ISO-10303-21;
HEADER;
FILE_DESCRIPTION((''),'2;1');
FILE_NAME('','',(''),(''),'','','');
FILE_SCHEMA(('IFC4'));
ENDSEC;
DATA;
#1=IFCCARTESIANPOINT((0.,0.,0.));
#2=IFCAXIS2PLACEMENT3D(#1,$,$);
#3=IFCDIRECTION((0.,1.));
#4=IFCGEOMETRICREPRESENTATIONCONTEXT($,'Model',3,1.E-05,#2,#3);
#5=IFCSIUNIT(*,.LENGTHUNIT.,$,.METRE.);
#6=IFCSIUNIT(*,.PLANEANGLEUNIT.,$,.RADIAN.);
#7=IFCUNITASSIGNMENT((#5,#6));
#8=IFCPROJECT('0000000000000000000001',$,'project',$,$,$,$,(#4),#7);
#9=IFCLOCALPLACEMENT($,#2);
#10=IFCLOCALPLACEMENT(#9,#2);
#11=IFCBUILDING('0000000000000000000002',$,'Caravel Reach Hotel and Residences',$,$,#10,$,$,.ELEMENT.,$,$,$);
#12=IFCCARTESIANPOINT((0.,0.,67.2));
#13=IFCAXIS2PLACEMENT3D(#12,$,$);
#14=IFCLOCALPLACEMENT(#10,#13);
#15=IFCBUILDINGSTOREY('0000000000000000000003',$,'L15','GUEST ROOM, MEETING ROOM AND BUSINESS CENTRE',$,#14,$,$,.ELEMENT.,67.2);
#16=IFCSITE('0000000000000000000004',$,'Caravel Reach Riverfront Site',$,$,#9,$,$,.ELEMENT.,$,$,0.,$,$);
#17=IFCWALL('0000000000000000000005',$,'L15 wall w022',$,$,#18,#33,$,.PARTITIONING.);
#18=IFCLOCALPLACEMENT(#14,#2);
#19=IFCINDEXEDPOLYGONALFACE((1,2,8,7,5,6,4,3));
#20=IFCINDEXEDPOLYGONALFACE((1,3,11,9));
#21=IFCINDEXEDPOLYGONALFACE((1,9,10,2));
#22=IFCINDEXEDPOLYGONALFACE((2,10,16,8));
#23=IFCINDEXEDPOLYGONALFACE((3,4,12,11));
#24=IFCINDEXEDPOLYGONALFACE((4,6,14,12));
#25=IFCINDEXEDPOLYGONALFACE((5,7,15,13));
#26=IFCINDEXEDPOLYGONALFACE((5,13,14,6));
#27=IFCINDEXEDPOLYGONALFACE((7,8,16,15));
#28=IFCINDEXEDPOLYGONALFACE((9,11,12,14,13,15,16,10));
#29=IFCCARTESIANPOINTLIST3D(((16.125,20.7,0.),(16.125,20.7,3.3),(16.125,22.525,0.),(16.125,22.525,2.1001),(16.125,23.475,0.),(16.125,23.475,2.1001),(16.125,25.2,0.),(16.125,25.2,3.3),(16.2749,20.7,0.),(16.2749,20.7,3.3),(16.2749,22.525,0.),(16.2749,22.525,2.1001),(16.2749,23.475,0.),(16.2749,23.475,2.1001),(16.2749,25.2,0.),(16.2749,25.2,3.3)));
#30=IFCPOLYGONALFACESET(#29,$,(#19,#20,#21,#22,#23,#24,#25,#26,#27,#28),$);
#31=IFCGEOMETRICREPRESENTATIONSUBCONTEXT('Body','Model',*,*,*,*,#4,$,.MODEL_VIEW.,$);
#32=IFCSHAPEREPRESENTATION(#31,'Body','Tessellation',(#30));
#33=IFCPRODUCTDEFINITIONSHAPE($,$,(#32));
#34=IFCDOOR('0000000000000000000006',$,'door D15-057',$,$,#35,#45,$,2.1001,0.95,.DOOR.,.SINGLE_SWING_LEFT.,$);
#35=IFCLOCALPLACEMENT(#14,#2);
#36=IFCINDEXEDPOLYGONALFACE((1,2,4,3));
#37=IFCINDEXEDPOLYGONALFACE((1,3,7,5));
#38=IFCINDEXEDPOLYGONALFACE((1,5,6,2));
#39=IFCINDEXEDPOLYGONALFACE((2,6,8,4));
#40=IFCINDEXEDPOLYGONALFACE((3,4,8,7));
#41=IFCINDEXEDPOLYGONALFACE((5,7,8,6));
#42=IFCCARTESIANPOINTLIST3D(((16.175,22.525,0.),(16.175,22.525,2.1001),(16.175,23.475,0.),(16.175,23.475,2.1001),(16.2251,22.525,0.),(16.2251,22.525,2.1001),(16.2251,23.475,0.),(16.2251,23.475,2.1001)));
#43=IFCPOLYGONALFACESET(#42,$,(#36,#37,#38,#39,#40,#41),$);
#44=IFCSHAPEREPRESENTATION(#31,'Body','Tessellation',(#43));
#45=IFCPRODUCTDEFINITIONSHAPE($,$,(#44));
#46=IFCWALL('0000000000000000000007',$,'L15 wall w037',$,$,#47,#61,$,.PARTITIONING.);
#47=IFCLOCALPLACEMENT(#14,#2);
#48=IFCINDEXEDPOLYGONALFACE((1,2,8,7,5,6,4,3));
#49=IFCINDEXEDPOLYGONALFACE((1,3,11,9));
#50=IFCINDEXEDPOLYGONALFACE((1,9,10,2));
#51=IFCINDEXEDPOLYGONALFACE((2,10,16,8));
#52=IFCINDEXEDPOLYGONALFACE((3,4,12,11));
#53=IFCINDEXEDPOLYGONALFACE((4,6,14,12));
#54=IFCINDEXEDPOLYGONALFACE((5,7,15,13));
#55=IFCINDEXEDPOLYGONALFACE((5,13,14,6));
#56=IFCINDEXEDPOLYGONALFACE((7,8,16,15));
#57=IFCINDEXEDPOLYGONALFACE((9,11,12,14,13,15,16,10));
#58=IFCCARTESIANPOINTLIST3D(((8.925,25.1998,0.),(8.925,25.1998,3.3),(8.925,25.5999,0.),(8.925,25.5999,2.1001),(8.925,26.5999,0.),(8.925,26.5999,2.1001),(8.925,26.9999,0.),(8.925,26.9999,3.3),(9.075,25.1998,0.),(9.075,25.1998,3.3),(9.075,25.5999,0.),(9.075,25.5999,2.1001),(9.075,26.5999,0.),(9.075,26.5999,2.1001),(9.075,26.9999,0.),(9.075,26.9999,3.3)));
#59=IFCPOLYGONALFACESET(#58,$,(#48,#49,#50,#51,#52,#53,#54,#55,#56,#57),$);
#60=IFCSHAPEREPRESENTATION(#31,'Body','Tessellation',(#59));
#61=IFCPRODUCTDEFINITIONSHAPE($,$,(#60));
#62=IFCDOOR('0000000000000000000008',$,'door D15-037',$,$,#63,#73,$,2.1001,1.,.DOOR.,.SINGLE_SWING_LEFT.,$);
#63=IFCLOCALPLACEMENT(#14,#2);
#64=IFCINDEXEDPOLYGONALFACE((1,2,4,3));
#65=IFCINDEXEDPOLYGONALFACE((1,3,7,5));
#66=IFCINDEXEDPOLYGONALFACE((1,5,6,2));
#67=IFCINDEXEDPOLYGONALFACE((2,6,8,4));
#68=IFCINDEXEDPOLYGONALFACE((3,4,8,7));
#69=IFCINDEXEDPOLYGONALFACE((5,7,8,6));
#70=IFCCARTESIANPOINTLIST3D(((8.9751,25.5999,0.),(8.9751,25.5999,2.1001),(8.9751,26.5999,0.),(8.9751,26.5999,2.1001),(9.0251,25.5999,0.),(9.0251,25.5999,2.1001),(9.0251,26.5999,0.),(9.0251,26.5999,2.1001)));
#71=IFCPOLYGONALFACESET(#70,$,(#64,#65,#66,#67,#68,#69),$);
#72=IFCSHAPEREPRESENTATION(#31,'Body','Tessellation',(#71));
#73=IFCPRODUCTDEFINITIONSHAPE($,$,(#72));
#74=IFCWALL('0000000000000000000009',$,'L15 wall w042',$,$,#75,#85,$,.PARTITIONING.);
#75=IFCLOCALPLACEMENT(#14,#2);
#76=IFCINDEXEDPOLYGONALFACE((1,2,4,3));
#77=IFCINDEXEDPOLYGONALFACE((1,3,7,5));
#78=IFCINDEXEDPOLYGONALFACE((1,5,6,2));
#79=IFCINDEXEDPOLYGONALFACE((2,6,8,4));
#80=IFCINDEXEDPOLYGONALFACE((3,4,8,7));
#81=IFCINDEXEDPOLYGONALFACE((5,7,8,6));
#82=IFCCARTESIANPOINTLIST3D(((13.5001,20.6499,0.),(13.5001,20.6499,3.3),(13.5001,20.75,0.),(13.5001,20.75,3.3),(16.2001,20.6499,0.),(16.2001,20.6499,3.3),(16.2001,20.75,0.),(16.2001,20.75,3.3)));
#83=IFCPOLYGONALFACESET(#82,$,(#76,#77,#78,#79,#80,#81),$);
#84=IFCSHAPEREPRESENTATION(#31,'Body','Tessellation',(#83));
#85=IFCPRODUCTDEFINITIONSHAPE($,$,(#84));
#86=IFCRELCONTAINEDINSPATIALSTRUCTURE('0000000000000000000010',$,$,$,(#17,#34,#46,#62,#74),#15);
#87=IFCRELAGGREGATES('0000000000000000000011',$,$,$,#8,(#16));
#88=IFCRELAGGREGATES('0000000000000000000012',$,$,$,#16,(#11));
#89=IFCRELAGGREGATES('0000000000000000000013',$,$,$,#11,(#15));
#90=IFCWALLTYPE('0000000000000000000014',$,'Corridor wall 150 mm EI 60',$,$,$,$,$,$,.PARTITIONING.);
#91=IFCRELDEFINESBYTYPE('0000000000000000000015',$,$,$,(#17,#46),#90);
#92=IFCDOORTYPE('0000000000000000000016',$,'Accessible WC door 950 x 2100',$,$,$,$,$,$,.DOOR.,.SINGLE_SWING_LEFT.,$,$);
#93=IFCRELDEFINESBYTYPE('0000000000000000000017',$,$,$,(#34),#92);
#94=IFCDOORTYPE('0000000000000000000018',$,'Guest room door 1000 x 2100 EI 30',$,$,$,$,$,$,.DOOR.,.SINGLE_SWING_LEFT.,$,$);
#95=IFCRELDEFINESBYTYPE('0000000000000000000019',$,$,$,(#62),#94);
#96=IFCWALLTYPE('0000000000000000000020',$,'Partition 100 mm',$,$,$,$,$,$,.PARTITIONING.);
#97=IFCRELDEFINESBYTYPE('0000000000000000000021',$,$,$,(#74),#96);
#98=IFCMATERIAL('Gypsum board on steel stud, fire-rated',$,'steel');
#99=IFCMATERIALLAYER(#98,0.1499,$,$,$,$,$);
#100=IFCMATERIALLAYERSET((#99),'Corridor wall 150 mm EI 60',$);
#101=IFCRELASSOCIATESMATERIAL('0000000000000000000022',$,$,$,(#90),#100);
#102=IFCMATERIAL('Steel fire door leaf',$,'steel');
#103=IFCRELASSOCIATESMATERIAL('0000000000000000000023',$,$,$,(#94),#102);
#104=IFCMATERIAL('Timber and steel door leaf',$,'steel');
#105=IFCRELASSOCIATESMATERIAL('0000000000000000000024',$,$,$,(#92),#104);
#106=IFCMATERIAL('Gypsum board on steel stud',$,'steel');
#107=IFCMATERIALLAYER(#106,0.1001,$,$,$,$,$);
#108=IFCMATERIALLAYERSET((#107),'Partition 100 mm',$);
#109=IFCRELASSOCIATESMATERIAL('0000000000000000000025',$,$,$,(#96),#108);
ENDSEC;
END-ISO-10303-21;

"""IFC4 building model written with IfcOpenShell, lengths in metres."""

from ifc_helpers import new_model, si_unit, direction, frame, frame_2d, origin, place, context, subcontext, project, spatial, rectangle, extrude, material, layer, layer_set, type_object, element, fill, save


model = new_model("IFC4")

# Units and contexts
model_context = context("Model", 3, precision=1e-05, world=origin(), true_north=direction((0.0, 1.0)))
body_context = subcontext(model_context, "Body", "Model", "MODEL_VIEW")
ifc_project = project(units=[si_unit("LENGTHUNIT", "METRE"), si_unit("PLANEANGLEUNIT", "RADIAN")], contexts=[model_context])

# Site, building, storey
site_placement = place(None, origin())
site = spatial("IfcSite", under=ifc_project, at=site_placement, Name="Caravel Reach Riverfront Site", CompositionType="ELEMENT", RefElevation=0.0)
building_placement = place(site_placement, origin())
building = spatial("IfcBuilding", under=site, at=building_placement, Name="Caravel Reach Hotel and Residences", CompositionType="ELEMENT")
storey_placement = place(building_placement, frame((0.0, 0.0, 67.2)))
storey = spatial("IfcBuildingStorey", under=building, at=storey_placement, Name="L15", Description="GUEST ROOM, MEETING ROOM AND BUSINESS CENTRE", CompositionType="ELEMENT", Elevation=67.2)

# Shared definitions
ifc_material_1 = material(Name="Gypsum board on steel stud, fire-rated", Category="steel")
ifc_layer_1 = layer(ifc_material_1, 0.1499)
ifc_layer_set_1 = layer_set([ifc_layer_1], Name="Corridor wall 150 mm EI 60")
wall_type_1 = type_object("IfcWallType", Name="Corridor wall 150 mm EI 60", PredefinedType="PARTITIONING", material=ifc_layer_set_1)
ifc_material_2 = material(Name="Steel fire door leaf", Category="steel")
door_type_1 = type_object("IfcDoorType", Name="Guest room door 1000 x 2100 EI 30", OperationType="SINGLE_SWING_LEFT", PredefinedType="DOOR", material=ifc_material_2)

# Walls, openings, doors
wall_1_placement = place(storey_placement, frame((16.2, 20.7, 0.0), z_axis=(0.0, 0.0, 1.0), x_axis=(0.0, 1.0, 0.0)))
wall_1 = element("IfcWall", 1, at=wall_1_placement, inside=storey, type_object=wall_type_1, Name="L15 wall w022", PredefinedType="PARTITIONING", context=body_context, shape_type="SweptSolid", body=[
    extrude(rectangle(XDim=4.5, YDim=0.1499, at=frame_2d((2.25, 0.0))), origin(), (0.0, 0.0, 1.0), 3.3),
])
opening_1_placement = place(wall_1_placement, frame((1.825, 0.0, 0.0)))
opening_1 = element("IfcOpeningElement", 2, at=opening_1_placement, cuts=wall_1, PredefinedType="OPENING", context=body_context, shape_type="SweptSolid", body=[
    extrude(rectangle(XDim=0.95, YDim=2.1001, at=frame_2d((0.4751, 1.05))), frame((0.0, 0.085, 0.0), z_axis=(0.0, -1.0, 0.0), x_axis=(1.0, 0.0, 0.0)), (0.0, 0.0, 1.0), 0.1699),
])
ifc_material_3 = material(Name="Timber and steel door leaf", Category="steel")
door_type_2 = type_object("IfcDoorType", Name="Accessible WC door 950 x 2100", OperationType="SINGLE_SWING_LEFT", PredefinedType="DOOR", material=ifc_material_3)
door_1_placement = place(opening_1_placement, origin())
door_1 = element("IfcDoor", 3, at=door_1_placement, inside=storey, type_object=door_type_2, Name="door D15-057", OperationType="SINGLE_SWING_LEFT", OverallHeight=2.1001, OverallWidth=0.95, PredefinedType="DOOR", context=body_context, shape_type="SweptSolid", body=[
    extrude(rectangle(XDim=0.95, YDim=2.1001, at=frame_2d((0.4751, 1.05))), frame((0.0, 0.0249, 0.0), z_axis=(0.0, -1.0, 0.0), x_axis=(1.0, 0.0, 0.0)), (0.0, 0.0, 1.0), 0.05),
])
fill(opening_1, door_1)
wall_2_placement = place(storey_placement, frame((9.0, 25.2, 0.0), z_axis=(0.0, 0.0, 1.0), x_axis=(0.0, 1.0, 0.0)))
wall_2 = element("IfcWall", 4, at=wall_2_placement, inside=storey, type_object=wall_type_1, Name="L15 wall w037", PredefinedType="PARTITIONING", context=body_context, shape_type="SweptSolid", body=[
    extrude(rectangle(XDim=1.8, YDim=0.1499, at=frame_2d((0.8999, 0.0))), origin(), (0.0, 0.0, 1.0), 3.3),
])
opening_2_placement = place(wall_2_placement, frame((0.3999, 0.0, 0.0)))
opening_2 = element("IfcOpeningElement", 5, at=opening_2_placement, cuts=wall_2, PredefinedType="OPENING", context=body_context, shape_type="SweptSolid", body=[
    extrude(rectangle(XDim=1.0, YDim=2.1001, at=frame_2d((0.5, 1.05))), frame((0.0, 0.085, 0.0), z_axis=(0.0, -1.0, 0.0), x_axis=(1.0, 0.0, 0.0)), (0.0, 0.0, 1.0), 0.1699),
])
door_2_placement = place(opening_2_placement, origin())
door_2 = element("IfcDoor", 6, at=door_2_placement, inside=storey, type_object=door_type_1, Name="door D15-037", OperationType="SINGLE_SWING_LEFT", OverallHeight=2.1001, OverallWidth=1.0, PredefinedType="DOOR", context=body_context, shape_type="SweptSolid", body=[
    extrude(rectangle(XDim=1.0, YDim=2.1001, at=frame_2d((0.5, 1.05))), frame((0.0, 0.0249, 0.0), z_axis=(0.0, -1.0, 0.0), x_axis=(1.0, 0.0, 0.0)), (0.0, 0.0, 1.0), 0.05),
])
fill(opening_2, door_2)

# Wall
ifc_material_4 = material(Name="Gypsum board on steel stud", Category="steel")
ifc_layer_2 = layer(ifc_material_4, 0.1001)
ifc_layer_set_2 = layer_set([ifc_layer_2], Name="Partition 100 mm")
wall_type_2 = type_object("IfcWallType", Name="Partition 100 mm", PredefinedType="PARTITIONING", material=ifc_layer_set_2)
wall_3_placement = place(storey_placement, frame((13.5, 20.7, 0.0), z_axis=(0.0, 0.0, 1.0), x_axis=(1.0, 0.0, 0.0)))
element("IfcWall", 7, at=wall_3_placement, inside=storey, type_object=wall_type_2, Name="L15 wall w042", PredefinedType="PARTITIONING", context=body_context, shape_type="SweptSolid", body=[
    extrude(rectangle(XDim=2.7, YDim=0.1001, at=frame_2d((1.3501, 0.0))), origin(), (0.0, 0.0, 1.0), 3.3),
])

save(model, "model.ifc")
